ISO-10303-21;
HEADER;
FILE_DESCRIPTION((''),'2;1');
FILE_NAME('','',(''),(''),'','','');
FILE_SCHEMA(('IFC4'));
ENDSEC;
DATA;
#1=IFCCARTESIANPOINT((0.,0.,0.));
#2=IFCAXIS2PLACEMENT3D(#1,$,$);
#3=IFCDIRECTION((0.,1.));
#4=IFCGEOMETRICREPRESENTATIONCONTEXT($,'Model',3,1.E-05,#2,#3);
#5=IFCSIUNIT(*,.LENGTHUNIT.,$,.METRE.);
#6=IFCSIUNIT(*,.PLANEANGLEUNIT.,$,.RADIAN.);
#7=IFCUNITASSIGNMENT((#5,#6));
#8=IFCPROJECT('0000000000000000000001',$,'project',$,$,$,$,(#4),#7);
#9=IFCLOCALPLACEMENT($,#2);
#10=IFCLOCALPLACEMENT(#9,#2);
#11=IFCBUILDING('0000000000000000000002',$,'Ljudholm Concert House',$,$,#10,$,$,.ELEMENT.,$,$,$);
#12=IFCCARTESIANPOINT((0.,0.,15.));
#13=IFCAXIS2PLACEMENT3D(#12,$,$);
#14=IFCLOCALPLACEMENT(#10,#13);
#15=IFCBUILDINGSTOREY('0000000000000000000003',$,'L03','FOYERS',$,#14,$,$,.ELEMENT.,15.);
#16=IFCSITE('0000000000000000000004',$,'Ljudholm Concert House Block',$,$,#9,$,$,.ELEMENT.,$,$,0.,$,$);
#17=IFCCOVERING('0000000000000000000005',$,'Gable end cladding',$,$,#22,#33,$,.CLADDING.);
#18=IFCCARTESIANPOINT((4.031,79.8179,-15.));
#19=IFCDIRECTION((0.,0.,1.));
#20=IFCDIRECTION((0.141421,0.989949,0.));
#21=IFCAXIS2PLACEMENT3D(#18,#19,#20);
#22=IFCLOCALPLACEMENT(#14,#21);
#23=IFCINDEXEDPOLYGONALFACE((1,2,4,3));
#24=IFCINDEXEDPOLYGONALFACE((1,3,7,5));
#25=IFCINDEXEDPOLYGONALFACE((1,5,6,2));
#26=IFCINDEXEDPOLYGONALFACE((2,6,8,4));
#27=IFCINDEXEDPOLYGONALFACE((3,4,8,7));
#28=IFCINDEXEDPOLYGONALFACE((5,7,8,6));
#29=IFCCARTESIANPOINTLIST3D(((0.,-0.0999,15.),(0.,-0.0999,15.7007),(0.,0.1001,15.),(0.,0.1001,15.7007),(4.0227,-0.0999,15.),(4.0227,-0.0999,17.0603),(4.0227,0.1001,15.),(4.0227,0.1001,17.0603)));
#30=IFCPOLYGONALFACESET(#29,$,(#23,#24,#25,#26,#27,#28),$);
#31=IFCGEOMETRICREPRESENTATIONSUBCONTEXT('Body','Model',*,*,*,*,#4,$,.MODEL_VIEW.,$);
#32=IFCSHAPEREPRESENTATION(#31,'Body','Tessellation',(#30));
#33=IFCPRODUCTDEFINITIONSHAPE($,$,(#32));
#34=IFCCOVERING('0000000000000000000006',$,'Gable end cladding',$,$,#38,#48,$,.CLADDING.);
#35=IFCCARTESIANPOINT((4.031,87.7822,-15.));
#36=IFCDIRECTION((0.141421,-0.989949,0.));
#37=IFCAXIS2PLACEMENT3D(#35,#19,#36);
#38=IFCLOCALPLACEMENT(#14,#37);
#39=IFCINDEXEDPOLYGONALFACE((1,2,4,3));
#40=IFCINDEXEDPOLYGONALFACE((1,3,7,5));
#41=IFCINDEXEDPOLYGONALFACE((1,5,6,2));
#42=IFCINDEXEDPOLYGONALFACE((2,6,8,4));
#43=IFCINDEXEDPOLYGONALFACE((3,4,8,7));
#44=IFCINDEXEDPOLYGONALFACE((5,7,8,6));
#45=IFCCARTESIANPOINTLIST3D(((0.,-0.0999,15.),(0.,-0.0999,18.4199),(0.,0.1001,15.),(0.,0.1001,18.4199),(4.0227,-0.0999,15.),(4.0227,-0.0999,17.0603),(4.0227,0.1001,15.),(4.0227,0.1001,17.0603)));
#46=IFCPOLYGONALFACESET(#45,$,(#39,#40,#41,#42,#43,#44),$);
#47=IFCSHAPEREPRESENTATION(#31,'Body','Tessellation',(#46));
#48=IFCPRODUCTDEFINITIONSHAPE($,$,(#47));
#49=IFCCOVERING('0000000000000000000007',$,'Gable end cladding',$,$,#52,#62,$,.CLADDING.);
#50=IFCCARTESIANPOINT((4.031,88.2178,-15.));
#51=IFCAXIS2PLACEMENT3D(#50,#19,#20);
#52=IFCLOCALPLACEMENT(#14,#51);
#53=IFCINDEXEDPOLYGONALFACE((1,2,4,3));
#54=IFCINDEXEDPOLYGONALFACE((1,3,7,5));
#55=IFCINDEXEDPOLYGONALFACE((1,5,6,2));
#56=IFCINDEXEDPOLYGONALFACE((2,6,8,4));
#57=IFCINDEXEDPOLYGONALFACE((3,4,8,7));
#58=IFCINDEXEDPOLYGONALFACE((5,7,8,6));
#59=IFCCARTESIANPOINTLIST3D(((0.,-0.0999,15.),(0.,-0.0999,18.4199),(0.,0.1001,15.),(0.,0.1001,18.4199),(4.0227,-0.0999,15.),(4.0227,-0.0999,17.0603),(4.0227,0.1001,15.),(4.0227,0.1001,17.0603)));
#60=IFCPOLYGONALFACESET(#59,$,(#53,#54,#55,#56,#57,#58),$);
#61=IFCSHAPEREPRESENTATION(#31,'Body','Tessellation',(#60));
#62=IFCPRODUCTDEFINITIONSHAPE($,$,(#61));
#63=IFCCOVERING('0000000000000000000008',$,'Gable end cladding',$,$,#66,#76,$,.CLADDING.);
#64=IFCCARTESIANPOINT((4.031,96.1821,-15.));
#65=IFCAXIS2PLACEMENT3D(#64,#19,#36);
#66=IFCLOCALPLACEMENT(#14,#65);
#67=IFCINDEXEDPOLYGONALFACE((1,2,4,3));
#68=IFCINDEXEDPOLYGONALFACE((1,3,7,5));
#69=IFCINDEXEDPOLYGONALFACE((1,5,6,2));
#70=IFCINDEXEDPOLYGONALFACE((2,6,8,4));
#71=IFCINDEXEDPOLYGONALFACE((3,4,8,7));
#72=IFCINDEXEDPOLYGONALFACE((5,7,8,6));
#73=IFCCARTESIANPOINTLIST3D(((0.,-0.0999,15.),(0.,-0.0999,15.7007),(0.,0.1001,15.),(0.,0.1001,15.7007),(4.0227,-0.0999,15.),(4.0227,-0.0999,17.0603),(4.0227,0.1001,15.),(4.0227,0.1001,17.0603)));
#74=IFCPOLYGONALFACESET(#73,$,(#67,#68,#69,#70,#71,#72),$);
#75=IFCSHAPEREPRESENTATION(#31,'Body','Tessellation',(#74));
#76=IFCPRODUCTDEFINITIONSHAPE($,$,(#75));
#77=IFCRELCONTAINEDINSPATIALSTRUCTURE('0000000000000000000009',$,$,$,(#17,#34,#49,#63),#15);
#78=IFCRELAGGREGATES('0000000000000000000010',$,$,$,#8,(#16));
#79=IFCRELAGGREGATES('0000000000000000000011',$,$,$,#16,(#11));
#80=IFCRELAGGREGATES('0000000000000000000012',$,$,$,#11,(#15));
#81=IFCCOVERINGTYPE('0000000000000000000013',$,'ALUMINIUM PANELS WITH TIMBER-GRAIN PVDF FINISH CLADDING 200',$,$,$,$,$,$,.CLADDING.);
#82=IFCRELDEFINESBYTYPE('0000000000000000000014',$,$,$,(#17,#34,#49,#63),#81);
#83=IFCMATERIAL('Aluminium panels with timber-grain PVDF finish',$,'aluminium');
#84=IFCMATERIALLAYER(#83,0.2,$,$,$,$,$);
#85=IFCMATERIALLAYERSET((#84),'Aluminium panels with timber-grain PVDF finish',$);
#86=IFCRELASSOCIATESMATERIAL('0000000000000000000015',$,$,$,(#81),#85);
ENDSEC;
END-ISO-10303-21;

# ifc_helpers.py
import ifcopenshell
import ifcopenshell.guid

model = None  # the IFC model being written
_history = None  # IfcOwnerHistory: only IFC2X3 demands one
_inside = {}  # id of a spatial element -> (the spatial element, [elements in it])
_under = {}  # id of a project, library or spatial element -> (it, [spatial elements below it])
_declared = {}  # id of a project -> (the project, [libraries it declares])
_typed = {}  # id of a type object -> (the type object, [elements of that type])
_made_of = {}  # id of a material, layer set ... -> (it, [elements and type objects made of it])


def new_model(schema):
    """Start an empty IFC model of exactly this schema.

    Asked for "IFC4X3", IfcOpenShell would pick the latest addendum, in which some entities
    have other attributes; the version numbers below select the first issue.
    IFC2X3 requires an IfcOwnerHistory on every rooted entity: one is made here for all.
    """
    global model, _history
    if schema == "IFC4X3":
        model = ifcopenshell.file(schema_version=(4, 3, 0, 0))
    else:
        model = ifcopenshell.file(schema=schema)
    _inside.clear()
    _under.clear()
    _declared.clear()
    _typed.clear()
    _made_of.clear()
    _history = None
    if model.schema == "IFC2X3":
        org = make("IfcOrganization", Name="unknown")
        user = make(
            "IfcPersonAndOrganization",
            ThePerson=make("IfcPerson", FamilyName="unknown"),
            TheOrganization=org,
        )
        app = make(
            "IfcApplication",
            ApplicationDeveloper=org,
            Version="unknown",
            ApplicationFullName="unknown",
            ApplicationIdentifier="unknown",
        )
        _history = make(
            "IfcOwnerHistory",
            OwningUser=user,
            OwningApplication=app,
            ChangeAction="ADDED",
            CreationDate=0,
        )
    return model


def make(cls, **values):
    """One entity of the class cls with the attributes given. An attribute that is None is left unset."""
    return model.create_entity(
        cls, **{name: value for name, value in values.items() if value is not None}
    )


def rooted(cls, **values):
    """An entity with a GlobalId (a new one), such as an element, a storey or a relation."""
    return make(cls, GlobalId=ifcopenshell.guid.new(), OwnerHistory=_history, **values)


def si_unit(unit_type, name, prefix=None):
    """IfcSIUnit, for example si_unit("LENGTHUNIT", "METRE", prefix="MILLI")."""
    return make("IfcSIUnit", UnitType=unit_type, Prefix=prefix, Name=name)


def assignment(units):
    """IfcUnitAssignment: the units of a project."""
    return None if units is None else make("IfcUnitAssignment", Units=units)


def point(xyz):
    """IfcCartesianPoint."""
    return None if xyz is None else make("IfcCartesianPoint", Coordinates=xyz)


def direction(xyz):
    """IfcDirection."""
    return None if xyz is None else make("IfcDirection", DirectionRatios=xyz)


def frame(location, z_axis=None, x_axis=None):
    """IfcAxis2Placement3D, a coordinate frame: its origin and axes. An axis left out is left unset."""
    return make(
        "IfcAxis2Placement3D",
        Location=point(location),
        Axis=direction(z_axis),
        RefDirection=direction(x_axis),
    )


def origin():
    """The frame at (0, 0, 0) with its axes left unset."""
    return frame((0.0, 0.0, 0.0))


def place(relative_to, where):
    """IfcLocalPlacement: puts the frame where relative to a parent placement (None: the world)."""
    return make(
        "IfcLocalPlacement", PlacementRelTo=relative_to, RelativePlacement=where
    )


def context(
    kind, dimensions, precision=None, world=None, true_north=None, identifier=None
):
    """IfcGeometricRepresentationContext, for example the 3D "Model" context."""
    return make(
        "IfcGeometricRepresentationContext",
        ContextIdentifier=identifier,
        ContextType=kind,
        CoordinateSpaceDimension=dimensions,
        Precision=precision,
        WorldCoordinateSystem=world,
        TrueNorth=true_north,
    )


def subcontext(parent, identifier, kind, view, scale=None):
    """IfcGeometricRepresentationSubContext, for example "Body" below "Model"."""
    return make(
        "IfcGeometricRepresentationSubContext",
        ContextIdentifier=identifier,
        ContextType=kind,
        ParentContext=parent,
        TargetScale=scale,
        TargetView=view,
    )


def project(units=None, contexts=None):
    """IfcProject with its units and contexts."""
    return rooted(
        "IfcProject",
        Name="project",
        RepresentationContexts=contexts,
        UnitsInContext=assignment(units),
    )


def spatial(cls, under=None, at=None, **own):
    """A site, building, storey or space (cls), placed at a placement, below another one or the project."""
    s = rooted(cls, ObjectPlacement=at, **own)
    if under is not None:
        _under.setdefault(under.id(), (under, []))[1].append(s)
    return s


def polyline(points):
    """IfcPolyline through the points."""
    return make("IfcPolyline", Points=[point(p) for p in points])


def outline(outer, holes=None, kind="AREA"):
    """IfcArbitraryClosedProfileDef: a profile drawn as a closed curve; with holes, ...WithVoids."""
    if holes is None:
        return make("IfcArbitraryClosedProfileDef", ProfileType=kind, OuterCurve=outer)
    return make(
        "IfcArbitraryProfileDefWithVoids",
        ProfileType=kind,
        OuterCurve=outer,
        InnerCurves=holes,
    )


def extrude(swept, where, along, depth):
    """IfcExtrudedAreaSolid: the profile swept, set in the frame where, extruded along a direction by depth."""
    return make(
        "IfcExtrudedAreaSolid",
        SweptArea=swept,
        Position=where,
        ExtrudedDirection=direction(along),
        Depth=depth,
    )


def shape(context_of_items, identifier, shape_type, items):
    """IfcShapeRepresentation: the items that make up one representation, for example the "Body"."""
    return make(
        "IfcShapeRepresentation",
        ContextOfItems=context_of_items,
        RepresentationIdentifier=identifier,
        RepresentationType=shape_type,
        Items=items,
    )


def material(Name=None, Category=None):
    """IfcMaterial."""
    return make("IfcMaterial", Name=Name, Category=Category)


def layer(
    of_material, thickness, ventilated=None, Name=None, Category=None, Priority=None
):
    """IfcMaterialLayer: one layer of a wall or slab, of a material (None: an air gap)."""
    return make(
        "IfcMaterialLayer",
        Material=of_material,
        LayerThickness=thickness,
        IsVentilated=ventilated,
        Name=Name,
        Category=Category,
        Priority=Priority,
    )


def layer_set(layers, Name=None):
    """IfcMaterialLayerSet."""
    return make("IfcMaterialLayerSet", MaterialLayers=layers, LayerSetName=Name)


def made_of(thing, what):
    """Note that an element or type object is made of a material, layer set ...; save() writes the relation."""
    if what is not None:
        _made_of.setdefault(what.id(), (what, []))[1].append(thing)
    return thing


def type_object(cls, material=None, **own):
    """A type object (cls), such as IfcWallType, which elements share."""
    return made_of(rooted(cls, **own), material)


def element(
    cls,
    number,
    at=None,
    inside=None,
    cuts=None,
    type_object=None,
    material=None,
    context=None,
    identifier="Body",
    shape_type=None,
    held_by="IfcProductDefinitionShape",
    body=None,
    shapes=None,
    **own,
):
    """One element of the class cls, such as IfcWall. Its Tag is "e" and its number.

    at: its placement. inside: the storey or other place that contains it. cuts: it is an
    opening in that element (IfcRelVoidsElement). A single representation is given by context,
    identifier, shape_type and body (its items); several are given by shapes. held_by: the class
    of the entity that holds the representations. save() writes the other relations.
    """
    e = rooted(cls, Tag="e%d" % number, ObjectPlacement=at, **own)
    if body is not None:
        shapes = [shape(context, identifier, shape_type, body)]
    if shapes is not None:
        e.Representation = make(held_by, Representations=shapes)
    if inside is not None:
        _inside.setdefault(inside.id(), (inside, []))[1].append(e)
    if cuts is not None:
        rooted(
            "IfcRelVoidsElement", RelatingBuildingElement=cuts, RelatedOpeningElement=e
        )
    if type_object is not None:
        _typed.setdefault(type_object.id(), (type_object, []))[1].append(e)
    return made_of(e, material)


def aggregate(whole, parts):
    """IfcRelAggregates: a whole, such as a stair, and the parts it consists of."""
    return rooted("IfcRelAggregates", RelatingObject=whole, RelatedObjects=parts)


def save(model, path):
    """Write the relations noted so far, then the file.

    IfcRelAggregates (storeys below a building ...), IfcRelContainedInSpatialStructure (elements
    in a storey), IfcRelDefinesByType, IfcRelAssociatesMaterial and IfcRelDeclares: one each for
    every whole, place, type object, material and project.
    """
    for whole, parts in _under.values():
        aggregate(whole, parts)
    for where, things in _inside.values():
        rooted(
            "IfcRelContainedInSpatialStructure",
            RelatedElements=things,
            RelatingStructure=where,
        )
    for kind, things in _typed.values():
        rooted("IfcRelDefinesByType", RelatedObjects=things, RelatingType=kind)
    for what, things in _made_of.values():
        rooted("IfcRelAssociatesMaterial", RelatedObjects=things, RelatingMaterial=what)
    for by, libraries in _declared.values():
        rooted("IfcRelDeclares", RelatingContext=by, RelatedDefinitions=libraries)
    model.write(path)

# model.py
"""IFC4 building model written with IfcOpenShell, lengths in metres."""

from ifc_helpers import new_model, si_unit, direction, frame, origin, place, context, subcontext, project, spatial, polyline, outline, extrude, material, layer, layer_set, type_object, element, save


model = new_model("IFC4")

# Units and contexts
model_context = context("Model", 3, precision=1e-05, world=origin(), true_north=direction((0.0, 1.0)))
body_context = subcontext(model_context, "Body", "Model", "MODEL_VIEW")
ifc_project = project(units=[si_unit("LENGTHUNIT", "METRE"), si_unit("PLANEANGLEUNIT", "RADIAN")], contexts=[model_context])

# Site, building, storey
site_placement = place(None, origin())
site = spatial("IfcSite", under=ifc_project, at=site_placement, Name="Ljudholm Concert House Block", CompositionType="ELEMENT", RefElevation=0.0)
building_placement = place(site_placement, origin())
building = spatial("IfcBuilding", under=site, at=building_placement, Name="Ljudholm Concert House", CompositionType="ELEMENT")
storey_placement = place(building_placement, frame((0.0, 0.0, 15.0)))
storey = spatial("IfcBuildingStorey", under=building, at=storey_placement, Name="L03", Description="FOYERS", CompositionType="ELEMENT", Elevation=15.0)

# Coverings
ifc_material_1 = material(Name="Aluminium panels with timber-grain PVDF finish", Category="aluminium")
ifc_layer_1 = layer(ifc_material_1, 0.2)
ifc_layer_set_1 = layer_set([ifc_layer_1], Name="Aluminium panels with timber-grain PVDF finish")
covering_type_1 = type_object("IfcCoveringType", Name="ALUMINIUM PANELS WITH TIMBER-GRAIN PVDF FINISH CLADDING 200", PredefinedType="CLADDING", material=ifc_layer_set_1)
covering_1_placement = place(storey_placement, frame((4.031, 79.8179, -15.0), z_axis=(0.0, 0.0, 1.0), x_axis=(0.141421, 0.989949, 0.0)))
element("IfcCovering", 1, at=covering_1_placement, inside=storey, type_object=covering_type_1, Name="Gable end cladding", PredefinedType="CLADDING", context=body_context, shape_type="SweptSolid", body=[
    extrude(outline(polyline([(0.0, 15.0), (4.0227, 15.0), (4.0227, 17.0603), (0.0, 15.7007), (0.0, 15.0)])), frame((0.0, 0.1001, 0.0), z_axis=(0.0, -1.0, 0.0), x_axis=(1.0, 0.0, 0.0)), (0.0, 0.0, 1.0), 0.2),
])
for number, where, z_axis, x_axis, name in (
    (2, (4.031, 87.7822, -15.0), (0.0, 0.0, 1.0), (0.141421, -0.989949, 0.0), "Gable end cladding"),
    (3, (4.031, 88.2178, -15.0), (0.0, 0.0, 1.0), (0.141421, 0.989949, 0.0), "Gable end cladding"),
):
    element("IfcCovering", number, at=place(storey_placement, frame(where, z_axis=z_axis, x_axis=x_axis)), inside=storey, type_object=covering_type_1, Name=name, PredefinedType="CLADDING", context=body_context, shape_type="SweptSolid", body=[
        extrude(outline(polyline([(0.0, 15.0), (4.0227, 15.0), (4.0227, 17.0603), (0.0, 18.4199), (0.0, 15.0)])), frame((0.0, 0.1001, 0.0), z_axis=(0.0, -1.0, 0.0), x_axis=(1.0, 0.0, 0.0)), (0.0, 0.0, 1.0), 0.2),
    ])
covering_2_placement = place(storey_placement, frame((4.031, 96.1821, -15.0), z_axis=(0.0, 0.0, 1.0), x_axis=(0.141421, -0.989949, 0.0)))
element("IfcCovering", 4, at=covering_2_placement, inside=storey, type_object=covering_type_1, Name="Gable end cladding", PredefinedType="CLADDING", context=body_context, shape_type="SweptSolid", body=[
    extrude(outline(polyline([(0.0, 15.0), (4.0227, 15.0), (4.0227, 17.0603), (0.0, 15.7007), (0.0, 15.0)])), frame((0.0, 0.1001, 0.0), z_axis=(0.0, -1.0, 0.0), x_axis=(1.0, 0.0, 0.0)), (0.0, 0.0, 1.0), 0.2),
])

save(model, "model.ifc")
